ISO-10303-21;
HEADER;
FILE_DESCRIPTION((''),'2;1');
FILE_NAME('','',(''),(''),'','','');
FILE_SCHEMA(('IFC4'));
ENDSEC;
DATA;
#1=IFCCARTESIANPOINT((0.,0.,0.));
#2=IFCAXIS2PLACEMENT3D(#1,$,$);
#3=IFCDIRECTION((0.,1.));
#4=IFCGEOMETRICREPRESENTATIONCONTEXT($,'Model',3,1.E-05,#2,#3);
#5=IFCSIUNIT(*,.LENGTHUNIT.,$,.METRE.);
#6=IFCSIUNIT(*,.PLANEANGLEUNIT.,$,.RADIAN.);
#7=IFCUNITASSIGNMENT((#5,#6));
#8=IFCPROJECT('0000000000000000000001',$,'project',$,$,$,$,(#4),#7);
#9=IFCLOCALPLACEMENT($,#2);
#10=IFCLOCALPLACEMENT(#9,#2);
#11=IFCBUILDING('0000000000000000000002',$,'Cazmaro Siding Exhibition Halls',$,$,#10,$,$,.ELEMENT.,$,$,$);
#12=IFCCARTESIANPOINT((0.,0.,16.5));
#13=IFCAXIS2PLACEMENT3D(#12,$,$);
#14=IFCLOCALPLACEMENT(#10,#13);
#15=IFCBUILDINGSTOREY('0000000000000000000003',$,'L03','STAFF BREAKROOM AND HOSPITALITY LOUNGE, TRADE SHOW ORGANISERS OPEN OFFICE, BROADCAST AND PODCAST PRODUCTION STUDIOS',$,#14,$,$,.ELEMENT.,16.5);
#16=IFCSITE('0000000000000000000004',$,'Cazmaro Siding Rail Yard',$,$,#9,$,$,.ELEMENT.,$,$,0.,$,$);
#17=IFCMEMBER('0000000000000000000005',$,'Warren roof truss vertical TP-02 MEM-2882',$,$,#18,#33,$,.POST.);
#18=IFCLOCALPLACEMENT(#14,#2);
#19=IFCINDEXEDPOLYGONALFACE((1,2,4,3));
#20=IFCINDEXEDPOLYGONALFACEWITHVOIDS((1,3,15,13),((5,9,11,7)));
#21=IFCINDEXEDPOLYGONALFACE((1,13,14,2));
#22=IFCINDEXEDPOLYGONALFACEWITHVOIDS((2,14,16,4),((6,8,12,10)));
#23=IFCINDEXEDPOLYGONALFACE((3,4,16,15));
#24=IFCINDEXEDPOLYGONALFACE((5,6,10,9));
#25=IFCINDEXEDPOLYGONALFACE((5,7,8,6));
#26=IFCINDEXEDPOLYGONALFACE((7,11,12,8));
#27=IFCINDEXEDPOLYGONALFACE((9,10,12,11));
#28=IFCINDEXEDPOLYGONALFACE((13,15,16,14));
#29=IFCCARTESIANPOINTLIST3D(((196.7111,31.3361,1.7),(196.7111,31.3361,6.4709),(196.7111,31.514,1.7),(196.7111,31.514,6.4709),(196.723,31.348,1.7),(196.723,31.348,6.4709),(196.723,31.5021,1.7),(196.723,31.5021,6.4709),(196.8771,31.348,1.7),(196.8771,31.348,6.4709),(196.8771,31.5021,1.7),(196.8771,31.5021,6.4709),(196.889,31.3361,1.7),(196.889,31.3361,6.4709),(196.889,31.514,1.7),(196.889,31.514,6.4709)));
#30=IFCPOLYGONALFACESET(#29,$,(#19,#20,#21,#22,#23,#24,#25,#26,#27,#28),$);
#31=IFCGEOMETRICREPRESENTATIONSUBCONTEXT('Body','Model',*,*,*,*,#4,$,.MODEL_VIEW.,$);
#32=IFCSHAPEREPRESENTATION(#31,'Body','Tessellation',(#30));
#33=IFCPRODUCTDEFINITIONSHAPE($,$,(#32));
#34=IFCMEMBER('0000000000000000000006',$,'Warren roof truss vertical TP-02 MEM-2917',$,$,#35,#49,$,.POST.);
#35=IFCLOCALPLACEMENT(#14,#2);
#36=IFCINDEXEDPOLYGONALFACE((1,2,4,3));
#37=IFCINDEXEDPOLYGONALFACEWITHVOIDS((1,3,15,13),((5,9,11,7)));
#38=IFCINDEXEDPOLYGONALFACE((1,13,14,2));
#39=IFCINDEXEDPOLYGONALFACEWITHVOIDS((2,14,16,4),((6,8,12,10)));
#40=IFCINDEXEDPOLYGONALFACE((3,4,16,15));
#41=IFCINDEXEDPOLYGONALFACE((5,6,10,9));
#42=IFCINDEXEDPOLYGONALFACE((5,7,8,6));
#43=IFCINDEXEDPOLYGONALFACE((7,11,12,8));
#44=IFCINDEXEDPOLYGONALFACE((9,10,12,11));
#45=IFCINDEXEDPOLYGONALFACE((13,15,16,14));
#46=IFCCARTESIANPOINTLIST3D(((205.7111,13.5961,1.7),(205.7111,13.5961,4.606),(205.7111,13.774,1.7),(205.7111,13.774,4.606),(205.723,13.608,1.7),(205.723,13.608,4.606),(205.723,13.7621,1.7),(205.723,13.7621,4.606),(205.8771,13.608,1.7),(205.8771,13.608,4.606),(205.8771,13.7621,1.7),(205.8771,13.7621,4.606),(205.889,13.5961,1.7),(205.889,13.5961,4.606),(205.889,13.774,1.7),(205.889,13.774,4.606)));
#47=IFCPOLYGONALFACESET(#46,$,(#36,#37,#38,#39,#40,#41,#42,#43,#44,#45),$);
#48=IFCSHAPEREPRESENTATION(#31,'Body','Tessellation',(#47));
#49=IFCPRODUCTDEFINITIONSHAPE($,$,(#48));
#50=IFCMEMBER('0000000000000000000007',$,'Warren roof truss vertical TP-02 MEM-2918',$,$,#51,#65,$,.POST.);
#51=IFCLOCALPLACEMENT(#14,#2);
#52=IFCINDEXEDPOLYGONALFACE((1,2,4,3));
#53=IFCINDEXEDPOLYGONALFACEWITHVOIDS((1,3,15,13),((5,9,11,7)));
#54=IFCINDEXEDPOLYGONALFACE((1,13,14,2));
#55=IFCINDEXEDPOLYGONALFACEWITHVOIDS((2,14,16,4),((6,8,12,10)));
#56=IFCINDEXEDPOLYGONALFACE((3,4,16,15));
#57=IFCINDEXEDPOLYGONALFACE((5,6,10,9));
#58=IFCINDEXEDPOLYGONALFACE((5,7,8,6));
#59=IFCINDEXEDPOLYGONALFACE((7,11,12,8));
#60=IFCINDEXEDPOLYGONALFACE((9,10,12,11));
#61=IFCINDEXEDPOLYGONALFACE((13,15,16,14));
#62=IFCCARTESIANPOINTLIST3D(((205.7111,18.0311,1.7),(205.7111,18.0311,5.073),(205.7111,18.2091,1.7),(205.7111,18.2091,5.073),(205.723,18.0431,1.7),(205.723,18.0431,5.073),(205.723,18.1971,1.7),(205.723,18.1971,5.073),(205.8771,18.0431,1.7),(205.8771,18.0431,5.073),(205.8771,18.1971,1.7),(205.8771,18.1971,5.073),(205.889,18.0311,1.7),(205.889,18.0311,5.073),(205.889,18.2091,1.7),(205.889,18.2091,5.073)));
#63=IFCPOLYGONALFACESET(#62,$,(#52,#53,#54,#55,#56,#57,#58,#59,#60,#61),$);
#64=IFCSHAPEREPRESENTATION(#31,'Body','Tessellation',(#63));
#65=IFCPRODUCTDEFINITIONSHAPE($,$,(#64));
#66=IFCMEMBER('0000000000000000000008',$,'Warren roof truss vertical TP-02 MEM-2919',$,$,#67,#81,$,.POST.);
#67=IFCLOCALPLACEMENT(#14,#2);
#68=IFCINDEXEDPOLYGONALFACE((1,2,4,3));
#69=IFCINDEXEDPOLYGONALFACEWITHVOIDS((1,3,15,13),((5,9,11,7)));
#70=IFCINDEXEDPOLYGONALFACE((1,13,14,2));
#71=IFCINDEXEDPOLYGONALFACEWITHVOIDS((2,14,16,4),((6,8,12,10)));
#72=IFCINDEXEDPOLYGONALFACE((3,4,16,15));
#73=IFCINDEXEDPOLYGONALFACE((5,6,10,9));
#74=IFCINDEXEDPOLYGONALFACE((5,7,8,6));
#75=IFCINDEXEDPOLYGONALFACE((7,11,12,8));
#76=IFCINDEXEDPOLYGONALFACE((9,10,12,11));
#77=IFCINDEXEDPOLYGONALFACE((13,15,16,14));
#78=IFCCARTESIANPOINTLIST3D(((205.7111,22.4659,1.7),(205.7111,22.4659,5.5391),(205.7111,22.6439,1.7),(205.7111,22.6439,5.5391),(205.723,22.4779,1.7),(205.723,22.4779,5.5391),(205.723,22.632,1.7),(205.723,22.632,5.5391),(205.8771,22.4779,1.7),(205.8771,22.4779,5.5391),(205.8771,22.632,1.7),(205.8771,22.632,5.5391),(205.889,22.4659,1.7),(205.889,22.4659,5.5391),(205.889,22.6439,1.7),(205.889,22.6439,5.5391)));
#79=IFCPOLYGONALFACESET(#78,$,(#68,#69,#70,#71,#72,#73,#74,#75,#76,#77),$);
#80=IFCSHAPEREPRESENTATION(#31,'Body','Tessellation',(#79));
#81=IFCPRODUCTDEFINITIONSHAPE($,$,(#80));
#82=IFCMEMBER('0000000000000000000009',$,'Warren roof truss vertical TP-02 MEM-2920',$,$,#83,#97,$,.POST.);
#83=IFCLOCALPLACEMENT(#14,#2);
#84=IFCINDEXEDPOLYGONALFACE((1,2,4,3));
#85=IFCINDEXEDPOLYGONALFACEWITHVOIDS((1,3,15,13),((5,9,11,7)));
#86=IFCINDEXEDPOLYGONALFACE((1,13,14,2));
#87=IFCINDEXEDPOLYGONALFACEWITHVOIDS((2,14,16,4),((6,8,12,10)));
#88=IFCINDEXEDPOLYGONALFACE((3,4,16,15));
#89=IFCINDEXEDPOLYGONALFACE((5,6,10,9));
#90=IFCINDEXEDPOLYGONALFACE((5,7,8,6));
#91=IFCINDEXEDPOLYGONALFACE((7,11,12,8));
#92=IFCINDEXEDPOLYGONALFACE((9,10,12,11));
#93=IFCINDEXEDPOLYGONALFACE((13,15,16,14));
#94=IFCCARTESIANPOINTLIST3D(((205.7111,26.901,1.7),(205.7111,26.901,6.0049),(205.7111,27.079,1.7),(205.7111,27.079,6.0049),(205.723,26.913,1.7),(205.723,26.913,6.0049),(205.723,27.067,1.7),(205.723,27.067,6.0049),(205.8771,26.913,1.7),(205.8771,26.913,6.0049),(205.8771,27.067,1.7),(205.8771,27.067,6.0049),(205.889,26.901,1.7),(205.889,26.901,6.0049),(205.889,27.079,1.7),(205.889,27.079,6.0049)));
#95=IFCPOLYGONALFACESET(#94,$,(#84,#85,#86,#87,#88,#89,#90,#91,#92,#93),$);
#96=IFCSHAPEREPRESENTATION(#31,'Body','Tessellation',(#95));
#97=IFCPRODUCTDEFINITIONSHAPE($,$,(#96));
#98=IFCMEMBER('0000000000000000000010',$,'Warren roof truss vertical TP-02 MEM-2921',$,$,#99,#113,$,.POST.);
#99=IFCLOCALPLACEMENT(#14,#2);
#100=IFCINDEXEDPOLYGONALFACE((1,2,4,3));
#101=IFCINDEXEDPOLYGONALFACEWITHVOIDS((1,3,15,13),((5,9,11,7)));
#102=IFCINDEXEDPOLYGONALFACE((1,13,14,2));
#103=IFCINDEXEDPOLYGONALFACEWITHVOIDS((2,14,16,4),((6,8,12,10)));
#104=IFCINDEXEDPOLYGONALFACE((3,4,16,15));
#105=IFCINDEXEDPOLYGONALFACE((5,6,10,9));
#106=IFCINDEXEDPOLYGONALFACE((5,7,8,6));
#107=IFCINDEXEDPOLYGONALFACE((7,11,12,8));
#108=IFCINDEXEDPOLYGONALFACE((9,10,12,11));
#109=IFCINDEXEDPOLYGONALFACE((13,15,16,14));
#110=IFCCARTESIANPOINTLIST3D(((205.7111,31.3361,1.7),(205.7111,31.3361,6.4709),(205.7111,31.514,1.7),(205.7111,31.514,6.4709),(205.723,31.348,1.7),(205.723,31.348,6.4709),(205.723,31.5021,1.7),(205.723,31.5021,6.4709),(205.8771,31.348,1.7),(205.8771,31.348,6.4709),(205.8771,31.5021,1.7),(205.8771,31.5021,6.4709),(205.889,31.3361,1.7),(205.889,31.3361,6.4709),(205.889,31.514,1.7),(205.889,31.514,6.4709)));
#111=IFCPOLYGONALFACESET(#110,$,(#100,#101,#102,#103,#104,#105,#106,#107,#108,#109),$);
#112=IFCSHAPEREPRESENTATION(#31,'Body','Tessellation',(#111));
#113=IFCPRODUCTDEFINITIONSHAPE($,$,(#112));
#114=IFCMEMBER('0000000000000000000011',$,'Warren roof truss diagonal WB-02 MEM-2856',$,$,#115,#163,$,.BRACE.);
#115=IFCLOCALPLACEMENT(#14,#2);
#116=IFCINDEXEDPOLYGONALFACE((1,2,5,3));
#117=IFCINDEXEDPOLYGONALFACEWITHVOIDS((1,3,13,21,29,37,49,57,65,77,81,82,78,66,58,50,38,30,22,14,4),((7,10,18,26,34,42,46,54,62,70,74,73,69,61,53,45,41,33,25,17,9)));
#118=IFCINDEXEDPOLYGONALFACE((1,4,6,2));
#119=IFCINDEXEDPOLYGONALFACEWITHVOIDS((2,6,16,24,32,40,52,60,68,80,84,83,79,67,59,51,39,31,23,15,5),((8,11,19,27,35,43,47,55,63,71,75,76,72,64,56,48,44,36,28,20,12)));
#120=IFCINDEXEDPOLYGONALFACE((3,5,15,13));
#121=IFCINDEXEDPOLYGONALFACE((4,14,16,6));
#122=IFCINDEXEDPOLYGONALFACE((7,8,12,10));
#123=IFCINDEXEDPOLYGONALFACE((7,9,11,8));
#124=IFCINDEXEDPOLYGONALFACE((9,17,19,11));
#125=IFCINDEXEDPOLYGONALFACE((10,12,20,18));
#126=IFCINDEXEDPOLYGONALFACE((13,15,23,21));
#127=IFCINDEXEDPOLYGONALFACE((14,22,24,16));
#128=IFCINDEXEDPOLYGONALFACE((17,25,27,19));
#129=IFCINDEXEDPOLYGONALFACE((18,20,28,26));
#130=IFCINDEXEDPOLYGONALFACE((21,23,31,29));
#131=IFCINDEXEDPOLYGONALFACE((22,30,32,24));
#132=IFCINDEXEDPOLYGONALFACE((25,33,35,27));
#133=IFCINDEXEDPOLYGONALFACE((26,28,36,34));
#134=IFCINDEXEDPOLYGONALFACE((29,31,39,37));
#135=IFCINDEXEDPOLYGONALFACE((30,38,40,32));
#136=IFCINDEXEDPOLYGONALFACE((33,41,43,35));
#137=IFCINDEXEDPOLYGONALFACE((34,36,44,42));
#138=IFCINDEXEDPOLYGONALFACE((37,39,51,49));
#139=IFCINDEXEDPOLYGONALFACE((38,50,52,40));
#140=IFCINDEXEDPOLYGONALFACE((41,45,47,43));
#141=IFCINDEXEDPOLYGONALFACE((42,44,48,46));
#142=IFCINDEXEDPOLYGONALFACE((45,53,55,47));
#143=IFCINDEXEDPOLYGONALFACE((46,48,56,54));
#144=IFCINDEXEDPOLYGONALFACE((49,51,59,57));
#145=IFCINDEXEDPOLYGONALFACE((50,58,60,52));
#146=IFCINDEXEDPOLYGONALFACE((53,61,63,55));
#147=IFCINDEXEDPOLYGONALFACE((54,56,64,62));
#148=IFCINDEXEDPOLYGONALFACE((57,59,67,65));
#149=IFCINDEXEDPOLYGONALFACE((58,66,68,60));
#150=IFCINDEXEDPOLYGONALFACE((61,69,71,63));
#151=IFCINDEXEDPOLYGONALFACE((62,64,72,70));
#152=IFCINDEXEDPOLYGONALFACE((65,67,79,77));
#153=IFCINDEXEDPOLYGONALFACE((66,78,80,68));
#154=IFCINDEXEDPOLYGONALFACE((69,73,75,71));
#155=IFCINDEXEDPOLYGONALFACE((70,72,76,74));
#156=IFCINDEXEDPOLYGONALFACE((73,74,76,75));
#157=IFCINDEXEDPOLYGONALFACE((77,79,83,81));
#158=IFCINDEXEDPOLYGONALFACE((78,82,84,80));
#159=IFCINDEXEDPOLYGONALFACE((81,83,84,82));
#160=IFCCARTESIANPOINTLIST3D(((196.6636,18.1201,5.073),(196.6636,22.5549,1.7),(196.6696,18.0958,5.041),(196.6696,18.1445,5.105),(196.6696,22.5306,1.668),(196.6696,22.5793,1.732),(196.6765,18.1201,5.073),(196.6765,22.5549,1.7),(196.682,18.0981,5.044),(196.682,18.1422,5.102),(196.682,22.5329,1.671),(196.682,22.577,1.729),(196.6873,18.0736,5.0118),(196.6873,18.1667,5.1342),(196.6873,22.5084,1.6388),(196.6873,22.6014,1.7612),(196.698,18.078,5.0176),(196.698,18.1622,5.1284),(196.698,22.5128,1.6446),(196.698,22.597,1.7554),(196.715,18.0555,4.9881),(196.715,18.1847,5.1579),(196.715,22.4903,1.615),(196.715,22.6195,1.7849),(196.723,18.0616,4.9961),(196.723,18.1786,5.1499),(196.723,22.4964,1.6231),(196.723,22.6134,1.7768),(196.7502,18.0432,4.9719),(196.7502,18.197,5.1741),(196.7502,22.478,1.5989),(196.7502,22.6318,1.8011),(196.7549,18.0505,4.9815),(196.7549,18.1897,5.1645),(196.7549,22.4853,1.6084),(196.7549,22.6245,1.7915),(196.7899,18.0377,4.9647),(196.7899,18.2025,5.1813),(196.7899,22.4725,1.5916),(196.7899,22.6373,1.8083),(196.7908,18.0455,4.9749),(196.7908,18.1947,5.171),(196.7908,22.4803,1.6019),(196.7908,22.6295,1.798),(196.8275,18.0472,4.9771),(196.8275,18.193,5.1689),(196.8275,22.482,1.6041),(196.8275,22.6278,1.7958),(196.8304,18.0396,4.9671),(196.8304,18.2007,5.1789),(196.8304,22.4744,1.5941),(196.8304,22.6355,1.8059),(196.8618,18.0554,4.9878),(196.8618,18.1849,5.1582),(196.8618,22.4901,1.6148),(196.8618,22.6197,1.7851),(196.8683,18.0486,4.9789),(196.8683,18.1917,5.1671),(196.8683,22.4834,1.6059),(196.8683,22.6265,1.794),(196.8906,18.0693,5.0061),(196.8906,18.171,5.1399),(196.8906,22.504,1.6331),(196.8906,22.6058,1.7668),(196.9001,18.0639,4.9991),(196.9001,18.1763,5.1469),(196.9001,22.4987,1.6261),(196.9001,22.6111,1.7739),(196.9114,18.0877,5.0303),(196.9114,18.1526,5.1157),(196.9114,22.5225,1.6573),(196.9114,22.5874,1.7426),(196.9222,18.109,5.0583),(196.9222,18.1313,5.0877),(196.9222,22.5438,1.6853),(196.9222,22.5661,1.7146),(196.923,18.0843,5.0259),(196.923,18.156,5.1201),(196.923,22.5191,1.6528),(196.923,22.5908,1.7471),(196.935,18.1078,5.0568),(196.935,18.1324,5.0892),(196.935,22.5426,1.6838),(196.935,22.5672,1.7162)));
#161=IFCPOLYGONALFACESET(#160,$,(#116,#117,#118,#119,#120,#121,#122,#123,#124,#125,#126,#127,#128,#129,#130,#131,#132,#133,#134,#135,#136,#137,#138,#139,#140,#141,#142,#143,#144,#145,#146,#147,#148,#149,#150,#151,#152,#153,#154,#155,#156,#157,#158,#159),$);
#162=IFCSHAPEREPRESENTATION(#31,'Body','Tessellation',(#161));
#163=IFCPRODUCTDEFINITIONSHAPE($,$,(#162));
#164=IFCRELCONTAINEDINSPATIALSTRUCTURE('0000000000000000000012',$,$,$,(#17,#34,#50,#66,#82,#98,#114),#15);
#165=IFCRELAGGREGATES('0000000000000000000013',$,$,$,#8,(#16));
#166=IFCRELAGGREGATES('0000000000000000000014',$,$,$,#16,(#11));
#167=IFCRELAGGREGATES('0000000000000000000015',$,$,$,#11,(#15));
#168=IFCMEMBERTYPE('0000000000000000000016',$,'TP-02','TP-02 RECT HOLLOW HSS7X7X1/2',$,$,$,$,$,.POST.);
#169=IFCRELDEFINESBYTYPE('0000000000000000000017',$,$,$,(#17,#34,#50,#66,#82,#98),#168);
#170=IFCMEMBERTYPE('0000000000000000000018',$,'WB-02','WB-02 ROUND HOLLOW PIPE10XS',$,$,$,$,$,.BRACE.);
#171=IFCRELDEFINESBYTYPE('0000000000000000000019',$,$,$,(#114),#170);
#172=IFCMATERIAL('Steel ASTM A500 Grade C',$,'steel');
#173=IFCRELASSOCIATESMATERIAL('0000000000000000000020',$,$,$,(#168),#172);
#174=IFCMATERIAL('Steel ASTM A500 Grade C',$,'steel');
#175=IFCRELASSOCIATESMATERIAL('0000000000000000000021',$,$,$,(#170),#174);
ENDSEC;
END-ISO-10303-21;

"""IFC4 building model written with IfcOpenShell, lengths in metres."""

from ifc_helpers import new_model, si_unit, direction, frame, origin, origin_2d, place, context, subcontext, project, spatial, hollow_rectangle, hollow_circle, extrude, material, material_profile, profile_set, type_object, element, save


model = new_model("IFC4")

# Units and contexts
model_context = context("Model", 3, precision=1e-05, world=origin(), true_north=direction((0.0, 1.0)))
body_context = subcontext(model_context, "Body", "Model", "MODEL_VIEW")
ifc_project = project(units=[si_unit("LENGTHUNIT", "METRE"), si_unit("PLANEANGLEUNIT", "RADIAN")], contexts=[model_context])

# Site, building, storey
site_placement = place(None, origin())
site = spatial("IfcSite", under=ifc_project, at=site_placement, Name="Cazmaro Siding Rail Yard", CompositionType="ELEMENT", RefElevation=0.0)
building_placement = place(site_placement, origin())
building = spatial("IfcBuilding", under=site, at=building_placement, Name="Cazmaro Siding Exhibition Halls", CompositionType="ELEMENT")
storey_placement = place(building_placement, frame((0.0, 0.0, 16.5)))
storey = spatial("IfcBuildingStorey", under=building, at=storey_placement, Name="L03", Description="STAFF BREAKROOM AND HOSPITALITY LOUNGE, TRADE SHOW ORGANISERS OPEN OFFICE, BROADCAST AND PODCAST PRODUCTION STUDIOS", CompositionType="ELEMENT", Elevation=16.5)

# Members
ifc_material_1 = material(Name="Steel ASTM A500 Grade C", Category="steel")
ifc_material_profile_1 = material_profile(ifc_material_1, hollow_rectangle(XDim=0.178, YDim=0.178, WallThickness=0.012, at=origin_2d()), Name="HSS7X7X1/2")
ifc_profile_set_1 = profile_set([ifc_material_profile_1], Name="Steel ASTM A500 Grade C")
member_type_1 = type_object("IfcMemberType", Name="TP-02", Description="TP-02 RECT HOLLOW HSS7X7X1/2", PredefinedType="POST", material=ifc_profile_set_1)
member_1_placement = place(storey_placement, frame((196.8, 31.425, 1.7), z_axis=(0.0, 0.0, 1.0), x_axis=(1.0, 0.0, 0.0)))
element("IfcMember", 1, at=member_1_placement, inside=storey, type_object=member_type_1, Name="Warren roof truss vertical TP-02 MEM-2882", PredefinedType="POST", context=body_context, shape_type="SweptSolid", body=[
    extrude(hollow_rectangle(XDim=0.178, YDim=0.178, WallThickness=0.012, at=origin_2d()), origin(), (0.0, 0.0, 1.0), 4.771),
])
member_2_placement = place(storey_placement, frame((205.8, 13.6851, 1.7), z_axis=(0.0, 0.0, 1.0), x_axis=(1.0, 0.0, 0.0)))
element("IfcMember", 2, at=member_2_placement, inside=storey, type_object=member_type_1, Name="Warren roof truss vertical TP-02 MEM-2917", PredefinedType="POST", context=body_context, shape_type="SweptSolid", body=[
    extrude(hollow_rectangle(XDim=0.178, YDim=0.178, WallThickness=0.012, at=origin_2d()), origin(), (0.0, 0.0, 1.0), 2.906),
])
member_3_placement = place(storey_placement, frame((205.8, 18.1201, 1.7), z_axis=(0.0, 0.0, 1.0), x_axis=(1.0, 0.0, 0.0)))
element("IfcMember", 3, at=member_3_placement, inside=storey, type_object=member_type_1, Name="Warren roof truss vertical TP-02 MEM-2918", PredefinedType="POST", context=body_context, shape_type="SweptSolid", body=[
    extrude(hollow_rectangle(XDim=0.178, YDim=0.178, WallThickness=0.012, at=origin_2d()), origin(), (0.0, 0.0, 1.0), 3.373),
])
member_4_placement = place(storey_placement, frame((205.8, 22.5549, 1.7), z_axis=(0.0, 0.0, 1.0), x_axis=(1.0, 0.0, 0.0)))
element("IfcMember", 4, at=member_4_placement, inside=storey, type_object=member_type_1, Name="Warren roof truss vertical TP-02 MEM-2919", PredefinedType="POST", context=body_context, shape_type="SweptSolid", body=[
    extrude(hollow_rectangle(XDim=0.178, YDim=0.178, WallThickness=0.012, at=origin_2d()), origin(), (0.0, 0.0, 1.0), 3.8391),
])
member_5_placement = place(storey_placement, frame((205.8, 26.99, 1.7), z_axis=(0.0, 0.0, 1.0), x_axis=(1.0, 0.0, 0.0)))
element("IfcMember", 5, at=member_5_placement, inside=storey, type_object=member_type_1, Name="Warren roof truss vertical TP-02 MEM-2920", PredefinedType="POST", context=body_context, shape_type="SweptSolid", body=[
    extrude(hollow_rectangle(XDim=0.178, YDim=0.178, WallThickness=0.012, at=origin_2d()), origin(), (0.0, 0.0, 1.0), 4.3049),
])
member_6_placement = place(storey_placement, frame((205.8, 31.425, 1.7), z_axis=(0.0, 0.0, 1.0), x_axis=(1.0, 0.0, 0.0)))
element("IfcMember", 6, at=member_6_placement, inside=storey, type_object=member_type_1, Name="Warren roof truss vertical TP-02 MEM-2921", PredefinedType="POST", context=body_context, shape_type="SweptSolid", body=[
    extrude(hollow_rectangle(XDim=0.178, YDim=0.178, WallThickness=0.012, at=origin_2d()), origin(), (0.0, 0.0, 1.0), 4.771),
])
ifc_material_2 = material(Name="Steel ASTM A500 Grade C", Category="steel")
ifc_material_profile_2 = material_profile(ifc_material_2, hollow_circle(Radius=0.1365, WallThickness=0.0129, at=origin_2d()), Name="PIPE10XS")
ifc_profile_set_2 = profile_set([ifc_material_profile_2], Name="Steel ASTM A500 Grade C")
member_type_2 = type_object("IfcMemberType", Name="WB-02", Description="WB-02 ROUND HOLLOW PIPE10XS", PredefinedType="BRACE", material=ifc_profile_set_2)
member_7_placement = place(storey_placement, frame((196.8, 18.1201, 5.073), z_axis=(0.0, 0.795938, -0.605378), x_axis=(-1.0, 0.0, 0.0)))
element("IfcMember", 7, at=member_7_placement, inside=storey, type_object=member_type_2, Name="Warren roof truss diagonal WB-02 MEM-2856", PredefinedType="BRACE", context=body_context, shape_type="SweptSolid", body=[
    extrude(hollow_circle(Radius=0.1365, WallThickness=0.0129, at=origin_2d()), origin(), (0.0, 0.0, 1.0), 5.5718),
])

save(model, "model.ifc")
